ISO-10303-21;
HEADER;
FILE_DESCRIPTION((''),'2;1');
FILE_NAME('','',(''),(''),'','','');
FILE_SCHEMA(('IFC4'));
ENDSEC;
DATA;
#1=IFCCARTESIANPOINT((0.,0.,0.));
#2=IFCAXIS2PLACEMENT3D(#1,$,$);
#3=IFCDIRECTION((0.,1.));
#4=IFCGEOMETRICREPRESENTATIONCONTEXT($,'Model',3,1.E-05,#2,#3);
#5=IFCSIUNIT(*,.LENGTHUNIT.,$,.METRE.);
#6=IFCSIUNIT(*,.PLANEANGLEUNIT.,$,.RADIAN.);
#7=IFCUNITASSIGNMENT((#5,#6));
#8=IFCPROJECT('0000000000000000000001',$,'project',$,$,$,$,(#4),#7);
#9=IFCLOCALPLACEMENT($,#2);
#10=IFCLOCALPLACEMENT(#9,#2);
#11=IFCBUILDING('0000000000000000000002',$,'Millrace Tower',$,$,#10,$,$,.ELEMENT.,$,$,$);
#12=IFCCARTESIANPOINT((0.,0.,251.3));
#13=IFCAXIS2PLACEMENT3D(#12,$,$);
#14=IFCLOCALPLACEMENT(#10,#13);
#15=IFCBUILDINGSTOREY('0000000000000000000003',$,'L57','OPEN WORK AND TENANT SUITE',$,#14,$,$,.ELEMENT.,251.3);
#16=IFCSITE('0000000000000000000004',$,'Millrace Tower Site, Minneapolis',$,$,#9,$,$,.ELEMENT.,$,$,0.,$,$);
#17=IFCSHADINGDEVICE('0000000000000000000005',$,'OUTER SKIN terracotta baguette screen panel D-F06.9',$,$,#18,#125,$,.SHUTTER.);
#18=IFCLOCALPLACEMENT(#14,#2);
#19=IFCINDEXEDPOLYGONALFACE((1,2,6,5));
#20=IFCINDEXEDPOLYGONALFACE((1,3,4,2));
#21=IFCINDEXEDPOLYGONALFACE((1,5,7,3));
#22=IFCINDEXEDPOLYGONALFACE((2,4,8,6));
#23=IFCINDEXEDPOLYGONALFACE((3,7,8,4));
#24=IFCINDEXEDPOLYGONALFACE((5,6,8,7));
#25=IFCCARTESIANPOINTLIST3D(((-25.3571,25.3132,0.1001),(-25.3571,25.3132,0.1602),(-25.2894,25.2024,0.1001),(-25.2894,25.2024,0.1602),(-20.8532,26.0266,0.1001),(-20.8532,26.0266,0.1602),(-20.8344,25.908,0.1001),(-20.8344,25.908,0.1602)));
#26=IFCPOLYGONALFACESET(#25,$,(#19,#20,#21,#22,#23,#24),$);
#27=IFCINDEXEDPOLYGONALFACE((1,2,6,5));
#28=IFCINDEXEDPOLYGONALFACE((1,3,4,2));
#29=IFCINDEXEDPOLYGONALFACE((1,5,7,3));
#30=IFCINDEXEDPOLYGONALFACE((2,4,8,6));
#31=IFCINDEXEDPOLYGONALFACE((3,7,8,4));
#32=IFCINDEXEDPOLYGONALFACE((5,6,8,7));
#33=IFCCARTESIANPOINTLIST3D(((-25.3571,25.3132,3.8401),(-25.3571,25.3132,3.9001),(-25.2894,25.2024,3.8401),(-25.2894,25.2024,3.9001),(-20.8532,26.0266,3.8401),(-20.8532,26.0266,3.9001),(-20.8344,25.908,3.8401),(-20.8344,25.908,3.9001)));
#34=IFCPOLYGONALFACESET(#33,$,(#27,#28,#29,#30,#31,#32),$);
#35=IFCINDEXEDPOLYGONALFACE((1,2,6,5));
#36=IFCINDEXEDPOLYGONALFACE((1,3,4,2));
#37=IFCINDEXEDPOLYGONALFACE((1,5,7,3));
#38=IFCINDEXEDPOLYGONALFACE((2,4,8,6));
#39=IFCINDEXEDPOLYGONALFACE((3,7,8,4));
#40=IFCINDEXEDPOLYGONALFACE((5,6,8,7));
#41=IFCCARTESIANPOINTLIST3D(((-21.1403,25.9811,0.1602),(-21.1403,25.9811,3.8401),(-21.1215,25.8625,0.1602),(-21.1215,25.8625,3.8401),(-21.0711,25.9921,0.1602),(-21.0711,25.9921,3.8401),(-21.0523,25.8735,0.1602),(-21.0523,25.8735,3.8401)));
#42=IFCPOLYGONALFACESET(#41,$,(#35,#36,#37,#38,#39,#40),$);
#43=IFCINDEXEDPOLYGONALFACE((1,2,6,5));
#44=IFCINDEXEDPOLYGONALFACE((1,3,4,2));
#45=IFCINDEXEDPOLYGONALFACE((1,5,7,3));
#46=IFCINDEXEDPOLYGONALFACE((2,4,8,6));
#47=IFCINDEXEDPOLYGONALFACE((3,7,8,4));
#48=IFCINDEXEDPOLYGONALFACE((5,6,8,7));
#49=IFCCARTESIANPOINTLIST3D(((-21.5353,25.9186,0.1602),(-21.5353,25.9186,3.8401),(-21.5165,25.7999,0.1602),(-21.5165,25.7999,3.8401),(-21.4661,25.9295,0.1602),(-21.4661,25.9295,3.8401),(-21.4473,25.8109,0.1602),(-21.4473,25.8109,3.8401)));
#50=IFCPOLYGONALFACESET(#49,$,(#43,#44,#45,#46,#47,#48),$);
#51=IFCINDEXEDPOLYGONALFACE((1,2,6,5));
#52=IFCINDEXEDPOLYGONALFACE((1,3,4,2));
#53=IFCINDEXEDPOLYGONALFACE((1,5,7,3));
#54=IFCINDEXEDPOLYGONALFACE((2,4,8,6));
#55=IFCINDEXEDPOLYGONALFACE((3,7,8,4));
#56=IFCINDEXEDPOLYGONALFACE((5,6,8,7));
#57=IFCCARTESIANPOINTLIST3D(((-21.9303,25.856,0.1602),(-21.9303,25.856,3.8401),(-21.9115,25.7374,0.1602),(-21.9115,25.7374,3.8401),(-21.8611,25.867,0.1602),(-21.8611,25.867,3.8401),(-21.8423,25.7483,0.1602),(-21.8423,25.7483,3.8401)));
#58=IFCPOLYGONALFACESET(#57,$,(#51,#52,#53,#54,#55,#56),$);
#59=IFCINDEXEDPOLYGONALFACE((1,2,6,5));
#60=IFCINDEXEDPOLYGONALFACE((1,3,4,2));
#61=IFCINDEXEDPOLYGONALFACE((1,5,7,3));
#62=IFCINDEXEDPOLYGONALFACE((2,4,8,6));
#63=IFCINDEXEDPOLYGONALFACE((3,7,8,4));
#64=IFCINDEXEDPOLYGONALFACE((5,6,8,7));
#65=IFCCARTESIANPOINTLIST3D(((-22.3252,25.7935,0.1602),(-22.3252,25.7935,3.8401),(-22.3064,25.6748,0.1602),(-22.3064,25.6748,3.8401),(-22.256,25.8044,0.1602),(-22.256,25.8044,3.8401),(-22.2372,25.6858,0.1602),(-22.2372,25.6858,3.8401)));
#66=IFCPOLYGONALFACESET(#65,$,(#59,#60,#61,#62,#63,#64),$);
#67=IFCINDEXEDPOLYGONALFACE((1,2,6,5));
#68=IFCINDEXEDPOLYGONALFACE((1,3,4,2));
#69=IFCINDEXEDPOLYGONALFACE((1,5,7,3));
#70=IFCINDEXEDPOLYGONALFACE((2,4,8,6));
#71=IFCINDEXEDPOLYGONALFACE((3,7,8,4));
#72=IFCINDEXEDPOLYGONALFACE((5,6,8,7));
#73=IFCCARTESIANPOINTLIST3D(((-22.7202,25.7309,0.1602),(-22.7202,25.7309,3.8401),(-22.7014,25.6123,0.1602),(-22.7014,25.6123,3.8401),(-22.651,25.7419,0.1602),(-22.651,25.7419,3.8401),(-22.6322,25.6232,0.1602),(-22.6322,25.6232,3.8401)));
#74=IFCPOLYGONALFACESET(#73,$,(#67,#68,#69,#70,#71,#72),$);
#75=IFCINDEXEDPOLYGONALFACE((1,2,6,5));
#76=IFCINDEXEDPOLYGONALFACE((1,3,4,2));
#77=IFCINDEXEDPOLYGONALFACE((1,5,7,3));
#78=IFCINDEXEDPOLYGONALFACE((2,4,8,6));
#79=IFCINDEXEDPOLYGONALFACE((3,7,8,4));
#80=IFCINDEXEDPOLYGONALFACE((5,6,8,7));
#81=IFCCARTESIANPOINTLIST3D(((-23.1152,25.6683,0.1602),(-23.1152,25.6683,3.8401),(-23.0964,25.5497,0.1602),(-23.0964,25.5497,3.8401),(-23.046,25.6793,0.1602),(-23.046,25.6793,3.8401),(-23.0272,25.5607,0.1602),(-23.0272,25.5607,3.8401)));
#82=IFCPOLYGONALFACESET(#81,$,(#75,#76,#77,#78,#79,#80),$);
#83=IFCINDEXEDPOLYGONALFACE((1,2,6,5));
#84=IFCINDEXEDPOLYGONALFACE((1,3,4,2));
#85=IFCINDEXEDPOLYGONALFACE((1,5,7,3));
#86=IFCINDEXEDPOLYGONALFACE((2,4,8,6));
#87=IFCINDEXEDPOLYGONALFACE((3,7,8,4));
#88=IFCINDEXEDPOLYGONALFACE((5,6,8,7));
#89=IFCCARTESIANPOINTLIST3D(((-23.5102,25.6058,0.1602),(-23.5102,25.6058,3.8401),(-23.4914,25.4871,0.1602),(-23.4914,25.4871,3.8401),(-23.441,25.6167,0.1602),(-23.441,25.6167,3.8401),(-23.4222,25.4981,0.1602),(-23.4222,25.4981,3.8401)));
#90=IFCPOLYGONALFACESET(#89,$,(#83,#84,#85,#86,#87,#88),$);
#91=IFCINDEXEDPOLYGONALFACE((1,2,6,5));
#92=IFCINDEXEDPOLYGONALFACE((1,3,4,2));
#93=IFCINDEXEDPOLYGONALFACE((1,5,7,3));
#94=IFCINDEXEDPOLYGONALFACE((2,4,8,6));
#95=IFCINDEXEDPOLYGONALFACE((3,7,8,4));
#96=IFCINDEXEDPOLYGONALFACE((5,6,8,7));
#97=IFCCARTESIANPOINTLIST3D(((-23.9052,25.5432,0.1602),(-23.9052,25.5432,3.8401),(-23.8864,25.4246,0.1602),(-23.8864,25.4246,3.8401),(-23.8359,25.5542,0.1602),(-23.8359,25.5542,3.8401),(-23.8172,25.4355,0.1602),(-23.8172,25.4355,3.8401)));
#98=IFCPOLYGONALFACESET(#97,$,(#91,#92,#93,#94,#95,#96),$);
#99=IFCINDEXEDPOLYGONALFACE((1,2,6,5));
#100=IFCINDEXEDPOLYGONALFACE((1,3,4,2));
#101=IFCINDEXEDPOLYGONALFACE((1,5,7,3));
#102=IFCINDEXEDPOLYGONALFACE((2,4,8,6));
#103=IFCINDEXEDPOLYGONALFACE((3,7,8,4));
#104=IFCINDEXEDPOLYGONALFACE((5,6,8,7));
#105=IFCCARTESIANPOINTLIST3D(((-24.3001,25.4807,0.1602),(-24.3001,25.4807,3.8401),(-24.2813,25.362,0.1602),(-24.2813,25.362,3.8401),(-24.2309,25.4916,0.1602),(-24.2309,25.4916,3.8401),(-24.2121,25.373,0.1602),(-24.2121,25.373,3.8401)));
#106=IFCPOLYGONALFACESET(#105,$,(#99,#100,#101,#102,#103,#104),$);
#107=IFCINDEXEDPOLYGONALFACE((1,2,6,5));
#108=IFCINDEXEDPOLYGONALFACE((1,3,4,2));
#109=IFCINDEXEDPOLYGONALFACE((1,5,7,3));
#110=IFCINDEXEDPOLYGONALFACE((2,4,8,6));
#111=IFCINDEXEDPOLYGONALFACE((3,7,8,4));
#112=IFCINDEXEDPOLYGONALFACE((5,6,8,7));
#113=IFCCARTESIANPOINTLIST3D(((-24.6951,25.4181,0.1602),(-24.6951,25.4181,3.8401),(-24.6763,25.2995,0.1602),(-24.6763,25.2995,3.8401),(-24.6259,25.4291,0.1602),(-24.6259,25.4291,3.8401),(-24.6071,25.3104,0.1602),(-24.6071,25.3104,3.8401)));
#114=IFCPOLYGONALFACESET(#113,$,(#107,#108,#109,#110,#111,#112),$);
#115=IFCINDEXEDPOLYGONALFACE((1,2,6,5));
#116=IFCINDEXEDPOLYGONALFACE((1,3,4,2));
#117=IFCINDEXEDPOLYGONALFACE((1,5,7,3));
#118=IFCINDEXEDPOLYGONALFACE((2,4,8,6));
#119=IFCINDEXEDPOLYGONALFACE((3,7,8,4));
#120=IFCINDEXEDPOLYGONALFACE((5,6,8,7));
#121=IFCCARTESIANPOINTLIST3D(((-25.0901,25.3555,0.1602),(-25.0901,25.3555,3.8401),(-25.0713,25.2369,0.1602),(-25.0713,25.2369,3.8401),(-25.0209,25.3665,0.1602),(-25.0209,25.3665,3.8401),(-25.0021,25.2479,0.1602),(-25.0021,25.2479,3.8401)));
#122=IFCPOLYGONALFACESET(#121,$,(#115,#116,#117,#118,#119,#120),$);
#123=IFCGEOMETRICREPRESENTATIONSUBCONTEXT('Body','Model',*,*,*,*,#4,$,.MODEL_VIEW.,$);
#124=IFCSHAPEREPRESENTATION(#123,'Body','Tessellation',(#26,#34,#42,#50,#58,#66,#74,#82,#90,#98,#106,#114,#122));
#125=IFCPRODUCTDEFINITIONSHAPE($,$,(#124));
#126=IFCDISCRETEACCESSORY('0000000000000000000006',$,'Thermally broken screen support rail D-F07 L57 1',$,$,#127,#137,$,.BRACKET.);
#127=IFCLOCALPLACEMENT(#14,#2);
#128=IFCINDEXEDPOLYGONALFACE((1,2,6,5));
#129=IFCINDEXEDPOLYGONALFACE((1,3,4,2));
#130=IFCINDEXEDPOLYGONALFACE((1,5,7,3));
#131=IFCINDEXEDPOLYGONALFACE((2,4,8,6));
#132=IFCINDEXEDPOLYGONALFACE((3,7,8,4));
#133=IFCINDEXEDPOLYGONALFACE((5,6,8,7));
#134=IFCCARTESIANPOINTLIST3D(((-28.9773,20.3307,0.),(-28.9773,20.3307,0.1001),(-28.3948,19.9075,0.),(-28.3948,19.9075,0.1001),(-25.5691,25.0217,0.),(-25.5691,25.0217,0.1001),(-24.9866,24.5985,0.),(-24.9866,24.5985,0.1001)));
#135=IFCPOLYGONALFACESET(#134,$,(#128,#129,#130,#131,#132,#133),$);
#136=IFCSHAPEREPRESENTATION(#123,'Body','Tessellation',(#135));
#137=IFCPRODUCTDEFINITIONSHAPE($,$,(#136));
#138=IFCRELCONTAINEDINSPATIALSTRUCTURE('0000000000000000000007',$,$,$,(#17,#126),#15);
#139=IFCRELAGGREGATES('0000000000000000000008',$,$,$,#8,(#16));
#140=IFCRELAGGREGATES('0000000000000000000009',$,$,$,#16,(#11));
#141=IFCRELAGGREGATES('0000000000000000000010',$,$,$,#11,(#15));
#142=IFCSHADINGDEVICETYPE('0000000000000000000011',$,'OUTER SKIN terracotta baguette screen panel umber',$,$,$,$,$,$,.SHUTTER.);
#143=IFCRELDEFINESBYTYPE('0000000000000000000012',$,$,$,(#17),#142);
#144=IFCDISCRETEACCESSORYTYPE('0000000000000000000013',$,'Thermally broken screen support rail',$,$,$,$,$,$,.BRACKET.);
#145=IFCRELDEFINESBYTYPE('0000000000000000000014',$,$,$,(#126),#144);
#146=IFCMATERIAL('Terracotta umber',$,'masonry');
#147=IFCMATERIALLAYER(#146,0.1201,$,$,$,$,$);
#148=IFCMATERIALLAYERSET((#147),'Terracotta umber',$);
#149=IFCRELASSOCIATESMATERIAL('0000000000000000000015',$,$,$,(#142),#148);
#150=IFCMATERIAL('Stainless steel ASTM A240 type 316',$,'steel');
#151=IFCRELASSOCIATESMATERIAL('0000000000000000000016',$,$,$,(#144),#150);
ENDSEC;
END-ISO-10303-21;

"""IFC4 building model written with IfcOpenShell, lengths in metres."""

from ifc_helpers import new_model, entity, si_unit, direction, frame, frame_2d, origin, origin_2d, place, context, subcontext, project, spatial, rectangle, extrude, source, transform, mapped, material, layer, layer_set, type_object, element, save


model = new_model("IFC4")

# Units and contexts
model_context = context("Model", 3, precision=1e-05, world=origin(), true_north=direction((0.0, 1.0)))
body_context = subcontext(model_context, "Body", "Model", "MODEL_VIEW")
ifc_project = project(units=[si_unit("LENGTHUNIT", "METRE"), si_unit("PLANEANGLEUNIT", "RADIAN")], contexts=[model_context])

# Site, building, storey
site_placement = place(None, origin())
site = spatial("IfcSite", under=ifc_project, at=site_placement, Name="Millrace Tower Site, Minneapolis", CompositionType="ELEMENT", RefElevation=0.0)
building_placement = place(site_placement, origin())
building = spatial("IfcBuilding", under=site, at=building_placement, Name="Millrace Tower", CompositionType="ELEMENT")
storey_placement = place(building_placement, frame((0.0, 0.0, 251.3)))
storey = spatial("IfcBuildingStorey", under=building, at=storey_placement, Name="L57", Description="OPEN WORK AND TENANT SUITE", CompositionType="ELEMENT", Elevation=251.3)

# Shading device
ifc_material_1 = material(Name="Terracotta umber", Category="masonry")
ifc_layer_1 = layer(ifc_material_1, 0.1201)
ifc_layer_set_1 = layer_set([ifc_layer_1], Name="Terracotta umber")
shading_device_type = type_object("IfcShadingDeviceType", Name="OUTER SKIN terracotta baguette screen panel umber", PredefinedType="SHUTTER", material=ifc_layer_set_1)
cartesian_point_1 = entity("IfcCartesianPoint", [-2.2676, 0.0601])
shared_polyline_1 = entity("IfcPolyline", [cartesian_point_1, entity("IfcCartesianPoint", [2.2429, 0.0601]), entity("IfcCartesianPoint", [2.2925, -0.0601]), entity("IfcCartesianPoint", [-2.2676, -0.0601]), cartesian_point_1])
shared_shape_1 = source(origin(), body_context, "Body", "SweptSolid", [
    entity("IfcExtrudedAreaSolid", entity("IfcArbitraryClosedProfileDef", "AREA", None, shared_polyline_1), entity("IfcAxis2Placement3D", entity("IfcCartesianPoint", [0.0, 0.0, 0.0])), entity("IfcDirection", [0.0, 0.0, 1.0]), 0.0601),
    entity("IfcExtrudedAreaSolid", entity("IfcArbitraryClosedProfileDef", "AREA", None, shared_polyline_1), entity("IfcAxis2Placement3D", entity("IfcCartesianPoint", [0.0, 0.0, 3.74])), entity("IfcDirection", [0.0, 0.0, 1.0]), 0.0601),
    extrude(rectangle(XDim=0.0701, YDim=0.1201, at=frame_2d((-2.012, 0.0))), frame((0.0, 0.0, 0.0601)), (0.0, 0.0, 1.0), 3.6799),
    extrude(rectangle(XDim=0.0701, YDim=0.1201, at=frame_2d((-1.6121, 0.0))), frame((0.0, 0.0, 0.0601)), (0.0, 0.0, 1.0), 3.6799),
    extrude(rectangle(XDim=0.0701, YDim=0.1201, at=frame_2d((-1.2122, 0.0))), frame((0.0, 0.0, 0.0601)), (0.0, 0.0, 1.0), 3.6799),
    extrude(rectangle(XDim=0.0701, YDim=0.1201, at=frame_2d((-0.8123, 0.0))), frame((0.0, 0.0, 0.0601)), (0.0, 0.0, 1.0), 3.6799),
    extrude(rectangle(XDim=0.0701, YDim=0.1201, at=frame_2d((-0.4124, 0.0))), frame((0.0, 0.0, 0.0601)), (0.0, 0.0, 1.0), 3.6799),
    extrude(rectangle(XDim=0.0701, YDim=0.1201, at=frame_2d((-0.0125, 0.0))), frame((0.0, 0.0, 0.0601)), (0.0, 0.0, 1.0), 3.6799),
    extrude(rectangle(XDim=0.0701, YDim=0.1201, at=frame_2d((0.3875, 0.0))), frame((0.0, 0.0, 0.0601)), (0.0, 0.0, 1.0), 3.6799),
    extrude(rectangle(XDim=0.0701, YDim=0.1201, at=frame_2d((0.7874, 0.0))), frame((0.0, 0.0, 0.0601)), (0.0, 0.0, 1.0), 3.6799),
    extrude(rectangle(XDim=0.0701, YDim=0.1201, at=frame_2d((1.1873, 0.0))), frame((0.0, 0.0, 0.0601)), (0.0, 0.0, 1.0), 3.6799),
    extrude(rectangle(XDim=0.0701, YDim=0.1201, at=frame_2d((1.5872, 0.0))), frame((0.0, 0.0, 0.0601)), (0.0, 0.0, 1.0), 3.6799),
    extrude(rectangle(XDim=0.0701, YDim=0.1201, at=frame_2d((1.9871, 0.0))), frame((0.0, 0.0, 0.0601)), (0.0, 0.0, 1.0), 3.6799),
])
shading_device_1_placement = place(storey_placement, frame((-23.0835, 25.6125, 0.1001), z_axis=(0.0, 0.0, 1.0), x_axis=(-0.987688, -0.156434, 0.0)))
element("IfcShadingDevice", 1, at=shading_device_1_placement, inside=storey, type_object=shading_device_type, Name="OUTER SKIN terracotta baguette screen panel D-F06.9", PredefinedType="SHUTTER", context=body_context, shape_type="MappedRepresentation", body=[
    mapped(shared_shape_1, transform((0.0, 0.0, 0.0), scale=1.0)),
])

# Discrete accessory
ifc_material_2 = material(Name="Stainless steel ASTM A240 type 316", Category="steel")
discrete_accessory_type = type_object("IfcDiscreteAccessoryType", Name="Thermally broken screen support rail", PredefinedType="BRACKET", material=ifc_material_2)
discrete_accessory_placement = place(storey_placement, frame((-26.9819, 22.4646, 0.0), z_axis=(0.0, 0.0, 1.0), x_axis=(-0.587785, -0.809017, 0.0)))
element("IfcDiscreteAccessory", 2, at=discrete_accessory_placement, inside=storey, type_object=discrete_accessory_type, Name="Thermally broken screen support rail D-F07 L57 1", PredefinedType="BRACKET", context=body_context, shape_type="SweptSolid", body=[
    extrude(rectangle(XDim=5.7983, YDim=0.72, at=origin_2d()), origin(), (0.0, 0.0, 1.0), 0.1001),
])

save(model, "model.ifc")
